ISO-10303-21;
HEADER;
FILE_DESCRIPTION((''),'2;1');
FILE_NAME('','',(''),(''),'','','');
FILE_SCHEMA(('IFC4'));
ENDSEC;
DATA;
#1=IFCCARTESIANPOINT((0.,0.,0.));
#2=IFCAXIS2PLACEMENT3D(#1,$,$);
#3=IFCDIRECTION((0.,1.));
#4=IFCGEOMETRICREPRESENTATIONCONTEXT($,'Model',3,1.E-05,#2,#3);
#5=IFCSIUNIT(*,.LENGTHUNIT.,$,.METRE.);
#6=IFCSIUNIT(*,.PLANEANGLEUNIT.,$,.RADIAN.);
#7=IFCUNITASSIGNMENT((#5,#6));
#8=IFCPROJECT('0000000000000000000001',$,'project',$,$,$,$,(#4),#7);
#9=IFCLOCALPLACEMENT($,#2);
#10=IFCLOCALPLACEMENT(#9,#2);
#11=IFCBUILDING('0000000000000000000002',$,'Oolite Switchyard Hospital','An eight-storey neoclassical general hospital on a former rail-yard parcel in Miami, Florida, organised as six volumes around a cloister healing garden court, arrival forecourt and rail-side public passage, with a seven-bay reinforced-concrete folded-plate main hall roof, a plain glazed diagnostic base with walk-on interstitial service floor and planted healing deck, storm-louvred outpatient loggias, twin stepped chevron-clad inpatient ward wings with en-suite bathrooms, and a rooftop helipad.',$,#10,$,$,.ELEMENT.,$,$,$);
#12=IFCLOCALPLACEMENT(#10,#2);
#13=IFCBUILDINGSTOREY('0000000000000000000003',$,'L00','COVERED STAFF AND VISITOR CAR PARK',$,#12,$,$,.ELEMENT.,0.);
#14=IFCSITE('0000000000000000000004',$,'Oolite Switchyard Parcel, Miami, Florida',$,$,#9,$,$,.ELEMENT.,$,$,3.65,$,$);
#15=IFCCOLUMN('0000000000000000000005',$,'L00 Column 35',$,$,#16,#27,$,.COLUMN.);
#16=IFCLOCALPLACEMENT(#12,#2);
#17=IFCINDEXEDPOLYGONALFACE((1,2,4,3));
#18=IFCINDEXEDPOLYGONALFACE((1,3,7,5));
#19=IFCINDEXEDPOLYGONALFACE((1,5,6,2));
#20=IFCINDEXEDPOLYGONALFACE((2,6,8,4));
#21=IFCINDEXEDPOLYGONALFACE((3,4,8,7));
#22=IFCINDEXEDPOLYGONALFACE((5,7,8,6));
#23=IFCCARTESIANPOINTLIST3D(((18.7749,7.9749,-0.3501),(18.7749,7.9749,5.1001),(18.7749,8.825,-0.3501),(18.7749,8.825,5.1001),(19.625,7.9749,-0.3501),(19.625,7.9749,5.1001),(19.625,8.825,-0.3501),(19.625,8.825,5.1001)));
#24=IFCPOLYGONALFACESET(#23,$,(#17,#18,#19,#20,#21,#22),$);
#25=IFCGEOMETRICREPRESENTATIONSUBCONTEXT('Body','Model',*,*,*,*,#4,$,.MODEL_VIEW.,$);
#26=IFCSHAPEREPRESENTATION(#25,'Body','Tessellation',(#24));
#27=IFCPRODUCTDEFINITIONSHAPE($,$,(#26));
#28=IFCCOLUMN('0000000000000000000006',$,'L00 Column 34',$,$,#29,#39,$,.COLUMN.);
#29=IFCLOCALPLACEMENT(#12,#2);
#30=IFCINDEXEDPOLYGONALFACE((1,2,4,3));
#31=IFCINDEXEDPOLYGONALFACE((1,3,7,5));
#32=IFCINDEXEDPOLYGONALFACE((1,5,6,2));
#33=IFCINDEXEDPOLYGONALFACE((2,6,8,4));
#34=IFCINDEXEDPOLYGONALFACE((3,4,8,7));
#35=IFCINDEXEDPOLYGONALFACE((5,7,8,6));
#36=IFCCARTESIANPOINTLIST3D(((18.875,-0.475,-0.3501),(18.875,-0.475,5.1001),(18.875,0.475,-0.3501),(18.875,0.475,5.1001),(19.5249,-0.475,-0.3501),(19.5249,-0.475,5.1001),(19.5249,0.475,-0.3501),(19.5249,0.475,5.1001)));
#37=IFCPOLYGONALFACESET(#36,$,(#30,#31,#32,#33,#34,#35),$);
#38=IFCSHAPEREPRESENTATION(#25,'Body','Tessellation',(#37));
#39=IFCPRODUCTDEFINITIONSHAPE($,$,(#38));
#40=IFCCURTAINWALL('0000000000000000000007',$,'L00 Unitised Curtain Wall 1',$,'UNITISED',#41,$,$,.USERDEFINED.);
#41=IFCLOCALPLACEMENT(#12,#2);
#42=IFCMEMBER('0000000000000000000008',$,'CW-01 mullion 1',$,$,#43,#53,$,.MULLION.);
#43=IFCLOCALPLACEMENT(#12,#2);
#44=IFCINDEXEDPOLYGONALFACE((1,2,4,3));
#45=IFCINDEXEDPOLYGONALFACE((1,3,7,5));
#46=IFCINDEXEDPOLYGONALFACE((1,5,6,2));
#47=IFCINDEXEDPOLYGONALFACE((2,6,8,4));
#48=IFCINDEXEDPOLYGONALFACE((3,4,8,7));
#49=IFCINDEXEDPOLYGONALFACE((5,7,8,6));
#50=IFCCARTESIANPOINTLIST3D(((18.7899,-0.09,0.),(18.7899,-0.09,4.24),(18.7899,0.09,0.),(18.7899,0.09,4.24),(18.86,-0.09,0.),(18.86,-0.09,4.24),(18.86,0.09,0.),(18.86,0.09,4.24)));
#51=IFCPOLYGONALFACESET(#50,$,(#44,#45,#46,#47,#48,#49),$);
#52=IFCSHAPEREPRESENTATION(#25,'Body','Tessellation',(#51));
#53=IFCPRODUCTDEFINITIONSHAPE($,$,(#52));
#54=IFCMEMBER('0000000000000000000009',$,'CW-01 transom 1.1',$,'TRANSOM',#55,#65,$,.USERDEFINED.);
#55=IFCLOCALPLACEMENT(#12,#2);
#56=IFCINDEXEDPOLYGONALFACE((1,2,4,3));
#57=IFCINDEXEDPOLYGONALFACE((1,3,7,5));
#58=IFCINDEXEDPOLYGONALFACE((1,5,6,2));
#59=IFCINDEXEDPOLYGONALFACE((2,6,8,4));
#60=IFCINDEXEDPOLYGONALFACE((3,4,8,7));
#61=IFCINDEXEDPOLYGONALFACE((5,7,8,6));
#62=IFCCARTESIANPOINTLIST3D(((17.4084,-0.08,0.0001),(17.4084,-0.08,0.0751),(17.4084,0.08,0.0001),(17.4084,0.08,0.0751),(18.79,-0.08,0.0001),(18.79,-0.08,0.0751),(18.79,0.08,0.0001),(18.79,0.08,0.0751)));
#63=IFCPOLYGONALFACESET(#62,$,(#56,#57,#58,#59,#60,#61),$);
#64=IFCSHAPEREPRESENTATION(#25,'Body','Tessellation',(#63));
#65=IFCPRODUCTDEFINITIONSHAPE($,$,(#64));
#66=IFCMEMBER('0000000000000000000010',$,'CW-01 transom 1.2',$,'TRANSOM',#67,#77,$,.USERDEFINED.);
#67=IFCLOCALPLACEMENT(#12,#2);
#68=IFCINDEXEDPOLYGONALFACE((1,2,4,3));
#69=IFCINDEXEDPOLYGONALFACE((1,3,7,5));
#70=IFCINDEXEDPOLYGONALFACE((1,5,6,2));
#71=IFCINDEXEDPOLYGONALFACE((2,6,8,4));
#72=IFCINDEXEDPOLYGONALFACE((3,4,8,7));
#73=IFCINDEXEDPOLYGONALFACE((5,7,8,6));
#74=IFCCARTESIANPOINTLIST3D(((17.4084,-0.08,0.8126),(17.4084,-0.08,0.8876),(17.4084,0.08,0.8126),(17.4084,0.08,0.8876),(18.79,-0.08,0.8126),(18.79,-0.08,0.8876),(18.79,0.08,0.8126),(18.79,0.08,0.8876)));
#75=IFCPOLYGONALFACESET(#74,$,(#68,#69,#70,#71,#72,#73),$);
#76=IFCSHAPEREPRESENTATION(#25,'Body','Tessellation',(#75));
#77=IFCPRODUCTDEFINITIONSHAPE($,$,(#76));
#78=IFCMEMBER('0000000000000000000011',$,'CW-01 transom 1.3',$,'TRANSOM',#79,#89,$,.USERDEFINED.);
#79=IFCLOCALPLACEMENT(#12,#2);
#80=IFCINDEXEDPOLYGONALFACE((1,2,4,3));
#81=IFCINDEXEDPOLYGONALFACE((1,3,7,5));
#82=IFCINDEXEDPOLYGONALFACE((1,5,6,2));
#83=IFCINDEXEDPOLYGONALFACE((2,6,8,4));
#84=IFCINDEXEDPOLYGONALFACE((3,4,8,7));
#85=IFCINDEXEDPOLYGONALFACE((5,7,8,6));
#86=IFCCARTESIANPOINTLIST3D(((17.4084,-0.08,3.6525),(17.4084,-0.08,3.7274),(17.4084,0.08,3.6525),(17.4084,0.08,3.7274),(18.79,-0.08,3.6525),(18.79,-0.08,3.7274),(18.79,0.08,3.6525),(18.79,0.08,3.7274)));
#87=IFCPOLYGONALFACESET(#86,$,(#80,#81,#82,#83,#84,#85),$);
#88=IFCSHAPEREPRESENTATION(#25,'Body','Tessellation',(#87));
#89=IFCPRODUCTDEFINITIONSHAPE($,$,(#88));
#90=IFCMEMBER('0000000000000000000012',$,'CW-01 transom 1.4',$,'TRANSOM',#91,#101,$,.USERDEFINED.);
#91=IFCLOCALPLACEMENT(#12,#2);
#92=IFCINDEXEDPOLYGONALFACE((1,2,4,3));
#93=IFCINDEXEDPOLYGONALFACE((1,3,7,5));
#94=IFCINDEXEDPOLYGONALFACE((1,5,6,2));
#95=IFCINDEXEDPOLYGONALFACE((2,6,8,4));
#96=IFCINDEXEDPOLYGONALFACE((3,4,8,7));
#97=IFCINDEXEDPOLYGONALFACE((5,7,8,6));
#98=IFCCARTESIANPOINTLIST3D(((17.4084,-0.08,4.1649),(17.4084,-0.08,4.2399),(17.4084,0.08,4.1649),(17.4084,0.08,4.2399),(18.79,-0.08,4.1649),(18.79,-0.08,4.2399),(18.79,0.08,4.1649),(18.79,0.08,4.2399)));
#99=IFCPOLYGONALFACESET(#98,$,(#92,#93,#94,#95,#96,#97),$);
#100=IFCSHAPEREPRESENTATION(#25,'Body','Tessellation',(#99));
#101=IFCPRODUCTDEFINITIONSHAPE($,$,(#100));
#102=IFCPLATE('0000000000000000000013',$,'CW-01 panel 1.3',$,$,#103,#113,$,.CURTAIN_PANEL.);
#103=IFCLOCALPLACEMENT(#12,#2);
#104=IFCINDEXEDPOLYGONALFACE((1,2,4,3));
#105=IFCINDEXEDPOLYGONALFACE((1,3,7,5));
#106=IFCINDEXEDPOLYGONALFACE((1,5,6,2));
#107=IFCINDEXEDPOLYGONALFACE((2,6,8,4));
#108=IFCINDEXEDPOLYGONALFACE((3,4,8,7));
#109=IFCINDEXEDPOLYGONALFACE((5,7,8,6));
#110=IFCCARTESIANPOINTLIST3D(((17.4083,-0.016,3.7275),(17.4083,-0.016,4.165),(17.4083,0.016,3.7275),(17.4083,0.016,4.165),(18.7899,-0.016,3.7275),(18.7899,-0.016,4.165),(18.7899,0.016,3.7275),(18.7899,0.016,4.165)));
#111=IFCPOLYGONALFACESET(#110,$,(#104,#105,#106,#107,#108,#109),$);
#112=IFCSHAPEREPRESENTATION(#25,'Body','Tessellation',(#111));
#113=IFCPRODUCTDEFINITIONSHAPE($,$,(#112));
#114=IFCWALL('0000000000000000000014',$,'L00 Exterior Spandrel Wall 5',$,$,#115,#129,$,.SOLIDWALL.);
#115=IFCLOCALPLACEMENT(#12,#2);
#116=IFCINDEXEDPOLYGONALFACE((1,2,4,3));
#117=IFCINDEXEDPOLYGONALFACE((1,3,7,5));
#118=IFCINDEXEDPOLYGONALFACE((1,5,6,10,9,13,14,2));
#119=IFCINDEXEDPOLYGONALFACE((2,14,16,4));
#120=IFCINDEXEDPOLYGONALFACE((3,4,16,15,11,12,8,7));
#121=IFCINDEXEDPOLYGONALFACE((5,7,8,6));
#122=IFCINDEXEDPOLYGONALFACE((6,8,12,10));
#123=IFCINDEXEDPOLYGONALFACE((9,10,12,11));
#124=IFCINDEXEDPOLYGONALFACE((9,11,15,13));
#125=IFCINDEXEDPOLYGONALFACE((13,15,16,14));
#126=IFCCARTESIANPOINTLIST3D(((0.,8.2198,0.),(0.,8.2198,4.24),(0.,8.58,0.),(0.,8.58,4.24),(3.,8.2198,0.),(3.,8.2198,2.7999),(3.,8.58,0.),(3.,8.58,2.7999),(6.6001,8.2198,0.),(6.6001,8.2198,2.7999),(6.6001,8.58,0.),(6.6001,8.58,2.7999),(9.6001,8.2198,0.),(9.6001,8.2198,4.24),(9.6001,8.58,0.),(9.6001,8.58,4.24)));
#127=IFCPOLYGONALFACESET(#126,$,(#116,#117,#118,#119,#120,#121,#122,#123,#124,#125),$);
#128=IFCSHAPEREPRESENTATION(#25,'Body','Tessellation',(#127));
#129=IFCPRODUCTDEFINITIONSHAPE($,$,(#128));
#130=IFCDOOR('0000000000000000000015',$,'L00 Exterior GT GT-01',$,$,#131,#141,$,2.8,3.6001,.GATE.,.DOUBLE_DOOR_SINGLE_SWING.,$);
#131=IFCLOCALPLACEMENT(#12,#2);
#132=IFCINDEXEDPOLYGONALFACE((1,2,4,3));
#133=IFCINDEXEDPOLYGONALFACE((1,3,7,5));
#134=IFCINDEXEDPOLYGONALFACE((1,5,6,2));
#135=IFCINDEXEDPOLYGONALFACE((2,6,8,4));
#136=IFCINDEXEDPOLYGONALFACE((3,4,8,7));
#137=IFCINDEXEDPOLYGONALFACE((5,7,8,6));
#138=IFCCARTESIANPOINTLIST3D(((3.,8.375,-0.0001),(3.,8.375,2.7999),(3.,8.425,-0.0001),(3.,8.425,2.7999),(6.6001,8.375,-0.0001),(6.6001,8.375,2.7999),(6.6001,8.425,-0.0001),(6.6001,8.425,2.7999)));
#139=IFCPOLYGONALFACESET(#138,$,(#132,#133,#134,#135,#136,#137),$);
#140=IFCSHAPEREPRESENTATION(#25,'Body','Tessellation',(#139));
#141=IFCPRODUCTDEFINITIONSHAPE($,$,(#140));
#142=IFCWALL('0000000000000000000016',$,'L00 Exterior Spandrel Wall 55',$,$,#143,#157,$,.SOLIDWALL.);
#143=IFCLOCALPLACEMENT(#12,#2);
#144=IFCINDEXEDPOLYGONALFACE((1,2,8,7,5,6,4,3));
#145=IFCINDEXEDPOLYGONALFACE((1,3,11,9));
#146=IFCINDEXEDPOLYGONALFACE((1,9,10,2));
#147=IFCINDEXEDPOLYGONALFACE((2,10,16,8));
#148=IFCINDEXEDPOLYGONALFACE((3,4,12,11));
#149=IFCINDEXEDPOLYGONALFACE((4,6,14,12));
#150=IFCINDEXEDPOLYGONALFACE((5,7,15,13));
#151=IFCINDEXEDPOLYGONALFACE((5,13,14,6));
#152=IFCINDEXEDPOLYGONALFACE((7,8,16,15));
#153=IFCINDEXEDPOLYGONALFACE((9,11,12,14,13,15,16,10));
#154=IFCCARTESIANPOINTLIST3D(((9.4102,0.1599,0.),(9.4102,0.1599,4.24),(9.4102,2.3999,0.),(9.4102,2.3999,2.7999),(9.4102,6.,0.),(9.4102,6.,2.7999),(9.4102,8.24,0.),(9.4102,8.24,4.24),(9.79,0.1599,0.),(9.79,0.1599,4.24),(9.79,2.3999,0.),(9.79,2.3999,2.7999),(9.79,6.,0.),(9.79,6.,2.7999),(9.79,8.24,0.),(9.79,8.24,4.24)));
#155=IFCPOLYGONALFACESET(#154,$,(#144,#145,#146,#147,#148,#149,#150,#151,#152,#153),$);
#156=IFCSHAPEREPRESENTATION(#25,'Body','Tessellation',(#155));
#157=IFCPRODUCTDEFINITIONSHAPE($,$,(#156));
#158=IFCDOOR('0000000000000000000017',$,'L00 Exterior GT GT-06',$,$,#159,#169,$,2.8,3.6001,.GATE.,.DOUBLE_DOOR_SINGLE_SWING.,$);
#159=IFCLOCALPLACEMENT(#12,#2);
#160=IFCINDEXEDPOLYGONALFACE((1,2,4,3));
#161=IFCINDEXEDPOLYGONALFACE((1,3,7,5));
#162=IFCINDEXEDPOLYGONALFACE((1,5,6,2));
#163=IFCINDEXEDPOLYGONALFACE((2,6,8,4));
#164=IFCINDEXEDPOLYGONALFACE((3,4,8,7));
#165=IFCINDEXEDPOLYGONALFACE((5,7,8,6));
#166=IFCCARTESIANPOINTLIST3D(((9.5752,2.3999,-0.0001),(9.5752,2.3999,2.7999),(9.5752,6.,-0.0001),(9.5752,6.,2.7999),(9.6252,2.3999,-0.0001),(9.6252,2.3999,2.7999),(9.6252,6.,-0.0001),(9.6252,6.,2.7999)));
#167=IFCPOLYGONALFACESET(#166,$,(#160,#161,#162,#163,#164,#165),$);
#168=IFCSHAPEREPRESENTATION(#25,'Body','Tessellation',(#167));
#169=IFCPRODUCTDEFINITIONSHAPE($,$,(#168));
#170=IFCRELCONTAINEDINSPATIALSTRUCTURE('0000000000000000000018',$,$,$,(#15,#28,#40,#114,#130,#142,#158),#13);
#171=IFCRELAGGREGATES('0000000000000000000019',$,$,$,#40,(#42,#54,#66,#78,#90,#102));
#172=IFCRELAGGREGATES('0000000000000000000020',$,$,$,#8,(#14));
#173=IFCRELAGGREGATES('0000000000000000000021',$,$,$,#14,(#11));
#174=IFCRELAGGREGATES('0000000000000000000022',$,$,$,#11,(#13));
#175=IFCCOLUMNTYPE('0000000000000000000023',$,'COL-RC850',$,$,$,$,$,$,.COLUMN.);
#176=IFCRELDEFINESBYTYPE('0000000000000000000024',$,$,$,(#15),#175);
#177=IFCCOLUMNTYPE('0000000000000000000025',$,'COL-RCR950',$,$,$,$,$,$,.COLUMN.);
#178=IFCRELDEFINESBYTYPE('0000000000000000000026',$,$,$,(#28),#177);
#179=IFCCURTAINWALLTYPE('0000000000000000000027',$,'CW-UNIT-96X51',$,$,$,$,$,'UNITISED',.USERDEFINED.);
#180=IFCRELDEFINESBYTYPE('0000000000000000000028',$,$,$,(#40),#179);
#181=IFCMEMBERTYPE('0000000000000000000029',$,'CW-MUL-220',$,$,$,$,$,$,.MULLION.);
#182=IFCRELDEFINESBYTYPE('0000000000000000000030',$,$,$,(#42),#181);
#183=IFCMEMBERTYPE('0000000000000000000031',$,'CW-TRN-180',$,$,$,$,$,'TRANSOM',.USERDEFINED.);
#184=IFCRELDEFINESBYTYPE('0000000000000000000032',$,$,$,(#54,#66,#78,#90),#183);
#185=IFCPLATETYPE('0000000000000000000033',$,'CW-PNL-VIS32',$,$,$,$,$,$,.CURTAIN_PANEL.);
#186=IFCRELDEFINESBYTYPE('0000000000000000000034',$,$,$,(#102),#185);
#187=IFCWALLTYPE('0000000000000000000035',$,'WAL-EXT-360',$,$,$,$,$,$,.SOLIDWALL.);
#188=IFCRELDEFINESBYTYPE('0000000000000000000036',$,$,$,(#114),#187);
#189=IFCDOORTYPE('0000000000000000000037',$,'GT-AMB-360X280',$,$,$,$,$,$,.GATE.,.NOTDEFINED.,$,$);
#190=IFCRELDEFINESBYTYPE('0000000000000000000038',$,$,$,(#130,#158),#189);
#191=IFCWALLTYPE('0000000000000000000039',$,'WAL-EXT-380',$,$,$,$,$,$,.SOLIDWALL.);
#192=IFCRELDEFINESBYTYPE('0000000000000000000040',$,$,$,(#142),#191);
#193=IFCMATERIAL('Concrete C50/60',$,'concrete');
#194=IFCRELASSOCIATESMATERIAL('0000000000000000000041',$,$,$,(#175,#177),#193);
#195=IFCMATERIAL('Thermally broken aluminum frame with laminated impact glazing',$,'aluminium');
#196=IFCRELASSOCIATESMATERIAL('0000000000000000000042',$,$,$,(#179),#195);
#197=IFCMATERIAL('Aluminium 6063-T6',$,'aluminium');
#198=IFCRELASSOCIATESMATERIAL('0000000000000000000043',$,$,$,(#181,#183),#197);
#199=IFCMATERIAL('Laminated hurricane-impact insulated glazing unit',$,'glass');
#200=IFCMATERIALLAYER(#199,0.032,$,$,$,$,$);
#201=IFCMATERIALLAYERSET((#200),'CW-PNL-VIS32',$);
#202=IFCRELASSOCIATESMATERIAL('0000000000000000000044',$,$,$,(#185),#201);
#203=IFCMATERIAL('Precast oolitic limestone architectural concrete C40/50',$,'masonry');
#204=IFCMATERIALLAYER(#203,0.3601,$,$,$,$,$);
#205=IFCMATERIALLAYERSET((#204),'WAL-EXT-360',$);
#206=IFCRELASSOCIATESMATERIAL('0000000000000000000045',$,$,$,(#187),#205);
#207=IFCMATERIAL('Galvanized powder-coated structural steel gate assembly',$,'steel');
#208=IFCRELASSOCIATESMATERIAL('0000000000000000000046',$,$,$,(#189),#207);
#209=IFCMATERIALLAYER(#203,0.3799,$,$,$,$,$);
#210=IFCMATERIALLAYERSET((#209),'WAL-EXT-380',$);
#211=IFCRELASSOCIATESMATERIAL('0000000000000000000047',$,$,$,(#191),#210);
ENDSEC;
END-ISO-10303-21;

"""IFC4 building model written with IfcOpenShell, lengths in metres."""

from ifc_helpers import new_model, si_unit, direction, frame, frame_2d, origin, origin_2d, place, context, subcontext, project, spatial, rectangle, extrude, material, layer, layer_set, material_profile, profile_set, type_object, element, fill, aggregate, save


model = new_model("IFC4")

# Units and contexts
model_context = context("Model", 3, precision=1e-05, world=origin(), true_north=direction((0.0, 1.0)))
body_context = subcontext(model_context, "Body", "Model", "MODEL_VIEW")
ifc_project = project(units=[si_unit("LENGTHUNIT", "METRE"), si_unit("PLANEANGLEUNIT", "RADIAN")], contexts=[model_context])

# Site, building, storey
site_placement = place(None, origin())
site = spatial("IfcSite", under=ifc_project, at=site_placement, Name="Oolite Switchyard Parcel, Miami, Florida", CompositionType="ELEMENT", RefElevation=3.65)
building_placement = place(site_placement, origin())
building = spatial("IfcBuilding", under=site, at=building_placement, Name="Oolite Switchyard Hospital", Description="An eight-storey neoclassical general hospital on a former rail-yard parcel in Miami, Florida, organised as six volumes around a cloister healing garden court, arrival forecourt and rail-side public passage, with a seven-bay reinforced-concrete folded-plate main hall roof, a plain glazed diagnostic base with walk-on interstitial service floor and planted healing deck, storm-louvred outpatient loggias, twin stepped chevron-clad inpatient ward wings with en-suite bathrooms, and a rooftop helipad.", CompositionType="ELEMENT")
storey_placement = place(building_placement, origin())
storey = spatial("IfcBuildingStorey", under=building, at=storey_placement, Name="L00", Description="COVERED STAFF AND VISITOR CAR PARK", CompositionType="ELEMENT", Elevation=0.0)

# Columns
ifc_material_1 = material(Name="Concrete C50/60", Category="concrete")
ifc_material_profile_1 = material_profile(ifc_material_1, rectangle(XDim=0.8501, YDim=0.8501, at=origin_2d()), Name="RC850X850")
ifc_profile_set_1 = profile_set([ifc_material_profile_1], Name="Concrete C50/60")
column_type_1 = type_object("IfcColumnType", Name="COL-RC850", PredefinedType="COLUMN", material=ifc_profile_set_1)
for number, where, z_axis, x_axis, name in (
    (1, (19.2, 8.3999, -0.3501), (0.0, 0.0, 1.0), (1.0, 0.0, 0.0), "L00 Column 35"),
):
    element("IfcColumn", number, at=place(storey_placement, frame(where, z_axis=z_axis, x_axis=x_axis)), inside=storey, type_object=column_type_1, Name=name, PredefinedType="COLUMN", context=body_context, shape_type="SweptSolid", body=[
        extrude(rectangle(XDim=0.8501, YDim=0.8501, at=origin_2d()), origin(), (0.0, 0.0, 1.0), 5.4502),
    ])
ifc_material_profile_2 = material_profile(ifc_material_1, rectangle(XDim=0.95, YDim=0.6499, at=origin_2d()), Name="RC950X650")
ifc_profile_set_2 = profile_set([ifc_material_profile_2], Name="Concrete C50/60")
column_type_2 = type_object("IfcColumnType", Name="COL-RCR950", PredefinedType="COLUMN", material=ifc_profile_set_2)
column_placement = place(storey_placement, frame((19.2, 0.0, -0.3501), z_axis=(0.0, 0.0, 1.0), x_axis=(0.0, 1.0, 0.0)))
element("IfcColumn", 2, at=column_placement, inside=storey, type_object=column_type_2, Name="L00 Column 34", PredefinedType="COLUMN", context=body_context, shape_type="SweptSolid", body=[
    extrude(rectangle(XDim=0.95, YDim=0.6499, at=origin_2d()), origin(), (0.0, 0.0, 1.0), 5.4502),
])

# Curtain wall, members, plate
ifc_material_2 = material(Name="Thermally broken aluminum frame with laminated impact glazing", Category="aluminium")
curtain_wall_type = type_object("IfcCurtainWallType", Name="CW-UNIT-96X51", ElementType="UNITISED", PredefinedType="USERDEFINED", material=ifc_material_2)
curtain_wall_placement = place(storey_placement, origin())
curtain_wall = element("IfcCurtainWall", 3, at=curtain_wall_placement, inside=storey, type_object=curtain_wall_type, Name="L00 Unitised Curtain Wall 1", ObjectType="UNITISED", PredefinedType="USERDEFINED")
ifc_material_3 = material(Name="Aluminium 6063-T6", Category="aluminium")
ifc_material_profile_3 = material_profile(ifc_material_3, rectangle(XDim=0.1799, YDim=0.0701, at=origin_2d()), Name="CWM70X180")
ifc_profile_set_3 = profile_set([ifc_material_profile_3], Name="Aluminium 6063-T6")
member_type_1 = type_object("IfcMemberType", Name="CW-MUL-220", PredefinedType="MULLION", material=ifc_profile_set_3)
member_1_placement = place(storey_placement, frame((18.825, 0.0, 0.0), z_axis=(0.0, 0.0, 1.0), x_axis=(0.0, -1.0, 0.0)))
member_1 = element("IfcMember", 4, at=member_1_placement, type_object=member_type_1, Name="CW-01 mullion 1", PredefinedType="MULLION", context=body_context, shape_type="SweptSolid", body=[
    extrude(rectangle(XDim=0.1799, YDim=0.0701, at=origin_2d()), origin(), (0.0, 0.0, 1.0), 4.24),
])
ifc_material_profile_4 = material_profile(ifc_material_3, rectangle(XDim=0.1599, YDim=0.075, at=origin_2d()), Name="CWT75X160")
ifc_profile_set_4 = profile_set([ifc_material_profile_4], Name="Aluminium 6063-T6")
member_type_2 = type_object("IfcMemberType", Name="CW-TRN-180", ElementType="TRANSOM", PredefinedType="USERDEFINED", material=ifc_profile_set_4)
member_2_placement = place(storey_placement, frame((18.79, 0.0, 0.0376), z_axis=(-1.0, 0.0, 0.0), x_axis=(0.0, -1.0, 0.0)))
member_2 = element("IfcMember", 5, at=member_2_placement, type_object=member_type_2, Name="CW-01 transom 1.1", ObjectType="TRANSOM", PredefinedType="USERDEFINED", context=body_context, shape_type="SweptSolid", body=[
    extrude(rectangle(XDim=0.1599, YDim=0.075, at=origin_2d()), origin(), (0.0, 0.0, 1.0), 1.3816),
])
member_3_placement = place(storey_placement, frame((18.79, 0.0, 0.8501), z_axis=(-1.0, 0.0, 0.0), x_axis=(0.0, -1.0, 0.0)))
member_3 = element("IfcMember", 6, at=member_3_placement, type_object=member_type_2, Name="CW-01 transom 1.2", ObjectType="TRANSOM", PredefinedType="USERDEFINED", context=body_context, shape_type="SweptSolid", body=[
    extrude(rectangle(XDim=0.1599, YDim=0.075, at=origin_2d()), origin(), (0.0, 0.0, 1.0), 1.3816),
])
member_4_placement = place(storey_placement, frame((18.79, 0.0, 3.6899), z_axis=(-1.0, 0.0, 0.0), x_axis=(0.0, -1.0, 0.0)))
member_4 = element("IfcMember", 7, at=member_4_placement, type_object=member_type_2, Name="CW-01 transom 1.3", ObjectType="TRANSOM", PredefinedType="USERDEFINED", context=body_context, shape_type="SweptSolid", body=[
    extrude(rectangle(XDim=0.1599, YDim=0.075, at=origin_2d()), origin(), (0.0, 0.0, 1.0), 1.3816),
])
member_5_placement = place(storey_placement, frame((18.79, 0.0, 4.2024), z_axis=(-1.0, 0.0, 0.0), x_axis=(0.0, -1.0, 0.0)))
member_5 = element("IfcMember", 8, at=member_5_placement, type_object=member_type_2, Name="CW-01 transom 1.4", ObjectType="TRANSOM", PredefinedType="USERDEFINED", context=body_context, shape_type="SweptSolid", body=[
    extrude(rectangle(XDim=0.1599, YDim=0.075, at=origin_2d()), origin(), (0.0, 0.0, 1.0), 1.3816),
])
ifc_material_4 = material(Name="Laminated hurricane-impact insulated glazing unit", Category="glass")
ifc_layer_1 = layer(ifc_material_4, 0.032)
ifc_layer_set_1 = layer_set([ifc_layer_1], Name="CW-PNL-VIS32")
plate_type = type_object("IfcPlateType", Name="CW-PNL-VIS32", PredefinedType="CURTAIN_PANEL", material=ifc_layer_set_1)
plate_placement = place(storey_placement, frame((18.0991, 0.0, 3.7275), z_axis=(0.0, 0.0, 1.0), x_axis=(-1.0, 0.0, 0.0)))
plate = element("IfcPlate", 9, at=plate_placement, type_object=plate_type, Name="CW-01 panel 1.3", PredefinedType="CURTAIN_PANEL", context=body_context, shape_type="SweptSolid", body=[
    extrude(rectangle(XDim=1.3816, YDim=0.032, at=origin_2d()), origin(), (0.0, 0.0, 1.0), 0.4375),
])
aggregate(curtain_wall, [member_1, member_2, member_3, member_4, member_5, plate])

# Walls, openings, doors
ifc_material_5 = material(Name="Precast oolitic limestone architectural concrete C40/50", Category="masonry")
ifc_layer_2 = layer(ifc_material_5, 0.3601)
ifc_layer_set_2 = layer_set([ifc_layer_2], Name="WAL-EXT-360")
wall_type_1 = type_object("IfcWallType", Name="WAL-EXT-360", PredefinedType="SOLIDWALL", material=ifc_layer_set_2)
wall_1_placement = place(storey_placement, frame((9.6001, 8.3999, 0.0), z_axis=(0.0, 0.0, 1.0), x_axis=(-1.0, 0.0, 0.0)))
wall_1 = element("IfcWall", 10, at=wall_1_placement, inside=storey, type_object=wall_type_1, Name="L00 Exterior Spandrel Wall 5", PredefinedType="SOLIDWALL", context=body_context, shape_type="SweptSolid", body=[
    extrude(rectangle(XDim=9.6001, YDim=0.3601, at=frame_2d((4.8, 0.0))), origin(), (0.0, 0.0, 1.0), 4.24),
])
opening_1_placement = place(wall_1_placement, frame((3.0, 0.0, 0.0)))
opening_1 = element("IfcOpeningElement", 11, at=opening_1_placement, cuts=wall_1, PredefinedType="OPENING", context=body_context, shape_type="SweptSolid", body=[
    extrude(rectangle(XDim=3.6001, YDim=2.8, at=frame_2d((1.8, 1.3999))), frame((0.0, 0.1899, 0.0), z_axis=(0.0, -1.0, 0.0), x_axis=(1.0, 0.0, 0.0)), (0.0, 0.0, 1.0), 0.3801),
])
ifc_material_6 = material(Name="Galvanized powder-coated structural steel gate assembly", Category="steel")
door_type = type_object("IfcDoorType", Name="GT-AMB-360X280", OperationType="NOTDEFINED", PredefinedType="GATE", material=ifc_material_6)
door_1_placement = place(opening_1_placement, origin())
door_1 = element("IfcDoor", 12, at=door_1_placement, inside=storey, type_object=door_type, Name="L00 Exterior GT GT-01", OperationType="DOUBLE_DOOR_SINGLE_SWING", OverallHeight=2.8, OverallWidth=3.6001, PredefinedType="GATE", context=body_context, shape_type="SweptSolid", body=[
    extrude(rectangle(XDim=3.6001, YDim=2.8, at=frame_2d((1.8, 1.3999))), frame((0.0, 0.0249, 0.0), z_axis=(0.0, -1.0, 0.0), x_axis=(1.0, 0.0, 0.0)), (0.0, 0.0, 1.0), 0.05),
])
fill(opening_1, door_1)
ifc_layer_3 = layer(ifc_material_5, 0.3799)
ifc_layer_set_3 = layer_set([ifc_layer_3], Name="WAL-EXT-380")
wall_type_2 = type_object("IfcWallType", Name="WAL-EXT-380", PredefinedType="SOLIDWALL", material=ifc_layer_set_3)
wall_2_placement = place(storey_placement, frame((9.6001, 0.1599, 0.0), z_axis=(0.0, 0.0, 1.0), x_axis=(0.0, 1.0, 0.0)))
wall_2 = element("IfcWall", 13, at=wall_2_placement, inside=storey, type_object=wall_type_2, Name="L00 Exterior Spandrel Wall 55", PredefinedType="SOLIDWALL", context=body_context, shape_type="SweptSolid", body=[
    extrude(rectangle(XDim=8.0801, YDim=0.3799, at=frame_2d((4.04, 0.0))), origin(), (0.0, 0.0, 1.0), 4.24),
])
opening_2_placement = place(wall_2_placement, frame((2.24, 0.0, 0.0)))
opening_2 = element("IfcOpeningElement", 14, at=opening_2_placement, cuts=wall_2, PredefinedType="OPENING", context=body_context, shape_type="SweptSolid", body=[
    extrude(rectangle(XDim=3.6001, YDim=2.8, at=frame_2d((1.8, 1.3999))), frame((0.0, 0.2, 0.0), z_axis=(0.0, -1.0, 0.0), x_axis=(1.0, 0.0, 0.0)), (0.0, 0.0, 1.0), 0.3999),
])
door_2_placement = place(opening_2_placement, origin())
door_2 = element("IfcDoor", 15, at=door_2_placement, inside=storey, type_object=door_type, Name="L00 Exterior GT GT-06", OperationType="DOUBLE_DOOR_SINGLE_SWING", OverallHeight=2.8, OverallWidth=3.6001, PredefinedType="GATE", context=body_context, shape_type="SweptSolid", body=[
    extrude(rectangle(XDim=3.6001, YDim=2.8, at=frame_2d((1.8, 1.3999))), frame((0.0, 0.0249, 0.0), z_axis=(0.0, -1.0, 0.0), x_axis=(1.0, 0.0, 0.0)), (0.0, 0.0, 1.0), 0.05),
])
fill(opening_2, door_2)

save(model, "model.ifc")
